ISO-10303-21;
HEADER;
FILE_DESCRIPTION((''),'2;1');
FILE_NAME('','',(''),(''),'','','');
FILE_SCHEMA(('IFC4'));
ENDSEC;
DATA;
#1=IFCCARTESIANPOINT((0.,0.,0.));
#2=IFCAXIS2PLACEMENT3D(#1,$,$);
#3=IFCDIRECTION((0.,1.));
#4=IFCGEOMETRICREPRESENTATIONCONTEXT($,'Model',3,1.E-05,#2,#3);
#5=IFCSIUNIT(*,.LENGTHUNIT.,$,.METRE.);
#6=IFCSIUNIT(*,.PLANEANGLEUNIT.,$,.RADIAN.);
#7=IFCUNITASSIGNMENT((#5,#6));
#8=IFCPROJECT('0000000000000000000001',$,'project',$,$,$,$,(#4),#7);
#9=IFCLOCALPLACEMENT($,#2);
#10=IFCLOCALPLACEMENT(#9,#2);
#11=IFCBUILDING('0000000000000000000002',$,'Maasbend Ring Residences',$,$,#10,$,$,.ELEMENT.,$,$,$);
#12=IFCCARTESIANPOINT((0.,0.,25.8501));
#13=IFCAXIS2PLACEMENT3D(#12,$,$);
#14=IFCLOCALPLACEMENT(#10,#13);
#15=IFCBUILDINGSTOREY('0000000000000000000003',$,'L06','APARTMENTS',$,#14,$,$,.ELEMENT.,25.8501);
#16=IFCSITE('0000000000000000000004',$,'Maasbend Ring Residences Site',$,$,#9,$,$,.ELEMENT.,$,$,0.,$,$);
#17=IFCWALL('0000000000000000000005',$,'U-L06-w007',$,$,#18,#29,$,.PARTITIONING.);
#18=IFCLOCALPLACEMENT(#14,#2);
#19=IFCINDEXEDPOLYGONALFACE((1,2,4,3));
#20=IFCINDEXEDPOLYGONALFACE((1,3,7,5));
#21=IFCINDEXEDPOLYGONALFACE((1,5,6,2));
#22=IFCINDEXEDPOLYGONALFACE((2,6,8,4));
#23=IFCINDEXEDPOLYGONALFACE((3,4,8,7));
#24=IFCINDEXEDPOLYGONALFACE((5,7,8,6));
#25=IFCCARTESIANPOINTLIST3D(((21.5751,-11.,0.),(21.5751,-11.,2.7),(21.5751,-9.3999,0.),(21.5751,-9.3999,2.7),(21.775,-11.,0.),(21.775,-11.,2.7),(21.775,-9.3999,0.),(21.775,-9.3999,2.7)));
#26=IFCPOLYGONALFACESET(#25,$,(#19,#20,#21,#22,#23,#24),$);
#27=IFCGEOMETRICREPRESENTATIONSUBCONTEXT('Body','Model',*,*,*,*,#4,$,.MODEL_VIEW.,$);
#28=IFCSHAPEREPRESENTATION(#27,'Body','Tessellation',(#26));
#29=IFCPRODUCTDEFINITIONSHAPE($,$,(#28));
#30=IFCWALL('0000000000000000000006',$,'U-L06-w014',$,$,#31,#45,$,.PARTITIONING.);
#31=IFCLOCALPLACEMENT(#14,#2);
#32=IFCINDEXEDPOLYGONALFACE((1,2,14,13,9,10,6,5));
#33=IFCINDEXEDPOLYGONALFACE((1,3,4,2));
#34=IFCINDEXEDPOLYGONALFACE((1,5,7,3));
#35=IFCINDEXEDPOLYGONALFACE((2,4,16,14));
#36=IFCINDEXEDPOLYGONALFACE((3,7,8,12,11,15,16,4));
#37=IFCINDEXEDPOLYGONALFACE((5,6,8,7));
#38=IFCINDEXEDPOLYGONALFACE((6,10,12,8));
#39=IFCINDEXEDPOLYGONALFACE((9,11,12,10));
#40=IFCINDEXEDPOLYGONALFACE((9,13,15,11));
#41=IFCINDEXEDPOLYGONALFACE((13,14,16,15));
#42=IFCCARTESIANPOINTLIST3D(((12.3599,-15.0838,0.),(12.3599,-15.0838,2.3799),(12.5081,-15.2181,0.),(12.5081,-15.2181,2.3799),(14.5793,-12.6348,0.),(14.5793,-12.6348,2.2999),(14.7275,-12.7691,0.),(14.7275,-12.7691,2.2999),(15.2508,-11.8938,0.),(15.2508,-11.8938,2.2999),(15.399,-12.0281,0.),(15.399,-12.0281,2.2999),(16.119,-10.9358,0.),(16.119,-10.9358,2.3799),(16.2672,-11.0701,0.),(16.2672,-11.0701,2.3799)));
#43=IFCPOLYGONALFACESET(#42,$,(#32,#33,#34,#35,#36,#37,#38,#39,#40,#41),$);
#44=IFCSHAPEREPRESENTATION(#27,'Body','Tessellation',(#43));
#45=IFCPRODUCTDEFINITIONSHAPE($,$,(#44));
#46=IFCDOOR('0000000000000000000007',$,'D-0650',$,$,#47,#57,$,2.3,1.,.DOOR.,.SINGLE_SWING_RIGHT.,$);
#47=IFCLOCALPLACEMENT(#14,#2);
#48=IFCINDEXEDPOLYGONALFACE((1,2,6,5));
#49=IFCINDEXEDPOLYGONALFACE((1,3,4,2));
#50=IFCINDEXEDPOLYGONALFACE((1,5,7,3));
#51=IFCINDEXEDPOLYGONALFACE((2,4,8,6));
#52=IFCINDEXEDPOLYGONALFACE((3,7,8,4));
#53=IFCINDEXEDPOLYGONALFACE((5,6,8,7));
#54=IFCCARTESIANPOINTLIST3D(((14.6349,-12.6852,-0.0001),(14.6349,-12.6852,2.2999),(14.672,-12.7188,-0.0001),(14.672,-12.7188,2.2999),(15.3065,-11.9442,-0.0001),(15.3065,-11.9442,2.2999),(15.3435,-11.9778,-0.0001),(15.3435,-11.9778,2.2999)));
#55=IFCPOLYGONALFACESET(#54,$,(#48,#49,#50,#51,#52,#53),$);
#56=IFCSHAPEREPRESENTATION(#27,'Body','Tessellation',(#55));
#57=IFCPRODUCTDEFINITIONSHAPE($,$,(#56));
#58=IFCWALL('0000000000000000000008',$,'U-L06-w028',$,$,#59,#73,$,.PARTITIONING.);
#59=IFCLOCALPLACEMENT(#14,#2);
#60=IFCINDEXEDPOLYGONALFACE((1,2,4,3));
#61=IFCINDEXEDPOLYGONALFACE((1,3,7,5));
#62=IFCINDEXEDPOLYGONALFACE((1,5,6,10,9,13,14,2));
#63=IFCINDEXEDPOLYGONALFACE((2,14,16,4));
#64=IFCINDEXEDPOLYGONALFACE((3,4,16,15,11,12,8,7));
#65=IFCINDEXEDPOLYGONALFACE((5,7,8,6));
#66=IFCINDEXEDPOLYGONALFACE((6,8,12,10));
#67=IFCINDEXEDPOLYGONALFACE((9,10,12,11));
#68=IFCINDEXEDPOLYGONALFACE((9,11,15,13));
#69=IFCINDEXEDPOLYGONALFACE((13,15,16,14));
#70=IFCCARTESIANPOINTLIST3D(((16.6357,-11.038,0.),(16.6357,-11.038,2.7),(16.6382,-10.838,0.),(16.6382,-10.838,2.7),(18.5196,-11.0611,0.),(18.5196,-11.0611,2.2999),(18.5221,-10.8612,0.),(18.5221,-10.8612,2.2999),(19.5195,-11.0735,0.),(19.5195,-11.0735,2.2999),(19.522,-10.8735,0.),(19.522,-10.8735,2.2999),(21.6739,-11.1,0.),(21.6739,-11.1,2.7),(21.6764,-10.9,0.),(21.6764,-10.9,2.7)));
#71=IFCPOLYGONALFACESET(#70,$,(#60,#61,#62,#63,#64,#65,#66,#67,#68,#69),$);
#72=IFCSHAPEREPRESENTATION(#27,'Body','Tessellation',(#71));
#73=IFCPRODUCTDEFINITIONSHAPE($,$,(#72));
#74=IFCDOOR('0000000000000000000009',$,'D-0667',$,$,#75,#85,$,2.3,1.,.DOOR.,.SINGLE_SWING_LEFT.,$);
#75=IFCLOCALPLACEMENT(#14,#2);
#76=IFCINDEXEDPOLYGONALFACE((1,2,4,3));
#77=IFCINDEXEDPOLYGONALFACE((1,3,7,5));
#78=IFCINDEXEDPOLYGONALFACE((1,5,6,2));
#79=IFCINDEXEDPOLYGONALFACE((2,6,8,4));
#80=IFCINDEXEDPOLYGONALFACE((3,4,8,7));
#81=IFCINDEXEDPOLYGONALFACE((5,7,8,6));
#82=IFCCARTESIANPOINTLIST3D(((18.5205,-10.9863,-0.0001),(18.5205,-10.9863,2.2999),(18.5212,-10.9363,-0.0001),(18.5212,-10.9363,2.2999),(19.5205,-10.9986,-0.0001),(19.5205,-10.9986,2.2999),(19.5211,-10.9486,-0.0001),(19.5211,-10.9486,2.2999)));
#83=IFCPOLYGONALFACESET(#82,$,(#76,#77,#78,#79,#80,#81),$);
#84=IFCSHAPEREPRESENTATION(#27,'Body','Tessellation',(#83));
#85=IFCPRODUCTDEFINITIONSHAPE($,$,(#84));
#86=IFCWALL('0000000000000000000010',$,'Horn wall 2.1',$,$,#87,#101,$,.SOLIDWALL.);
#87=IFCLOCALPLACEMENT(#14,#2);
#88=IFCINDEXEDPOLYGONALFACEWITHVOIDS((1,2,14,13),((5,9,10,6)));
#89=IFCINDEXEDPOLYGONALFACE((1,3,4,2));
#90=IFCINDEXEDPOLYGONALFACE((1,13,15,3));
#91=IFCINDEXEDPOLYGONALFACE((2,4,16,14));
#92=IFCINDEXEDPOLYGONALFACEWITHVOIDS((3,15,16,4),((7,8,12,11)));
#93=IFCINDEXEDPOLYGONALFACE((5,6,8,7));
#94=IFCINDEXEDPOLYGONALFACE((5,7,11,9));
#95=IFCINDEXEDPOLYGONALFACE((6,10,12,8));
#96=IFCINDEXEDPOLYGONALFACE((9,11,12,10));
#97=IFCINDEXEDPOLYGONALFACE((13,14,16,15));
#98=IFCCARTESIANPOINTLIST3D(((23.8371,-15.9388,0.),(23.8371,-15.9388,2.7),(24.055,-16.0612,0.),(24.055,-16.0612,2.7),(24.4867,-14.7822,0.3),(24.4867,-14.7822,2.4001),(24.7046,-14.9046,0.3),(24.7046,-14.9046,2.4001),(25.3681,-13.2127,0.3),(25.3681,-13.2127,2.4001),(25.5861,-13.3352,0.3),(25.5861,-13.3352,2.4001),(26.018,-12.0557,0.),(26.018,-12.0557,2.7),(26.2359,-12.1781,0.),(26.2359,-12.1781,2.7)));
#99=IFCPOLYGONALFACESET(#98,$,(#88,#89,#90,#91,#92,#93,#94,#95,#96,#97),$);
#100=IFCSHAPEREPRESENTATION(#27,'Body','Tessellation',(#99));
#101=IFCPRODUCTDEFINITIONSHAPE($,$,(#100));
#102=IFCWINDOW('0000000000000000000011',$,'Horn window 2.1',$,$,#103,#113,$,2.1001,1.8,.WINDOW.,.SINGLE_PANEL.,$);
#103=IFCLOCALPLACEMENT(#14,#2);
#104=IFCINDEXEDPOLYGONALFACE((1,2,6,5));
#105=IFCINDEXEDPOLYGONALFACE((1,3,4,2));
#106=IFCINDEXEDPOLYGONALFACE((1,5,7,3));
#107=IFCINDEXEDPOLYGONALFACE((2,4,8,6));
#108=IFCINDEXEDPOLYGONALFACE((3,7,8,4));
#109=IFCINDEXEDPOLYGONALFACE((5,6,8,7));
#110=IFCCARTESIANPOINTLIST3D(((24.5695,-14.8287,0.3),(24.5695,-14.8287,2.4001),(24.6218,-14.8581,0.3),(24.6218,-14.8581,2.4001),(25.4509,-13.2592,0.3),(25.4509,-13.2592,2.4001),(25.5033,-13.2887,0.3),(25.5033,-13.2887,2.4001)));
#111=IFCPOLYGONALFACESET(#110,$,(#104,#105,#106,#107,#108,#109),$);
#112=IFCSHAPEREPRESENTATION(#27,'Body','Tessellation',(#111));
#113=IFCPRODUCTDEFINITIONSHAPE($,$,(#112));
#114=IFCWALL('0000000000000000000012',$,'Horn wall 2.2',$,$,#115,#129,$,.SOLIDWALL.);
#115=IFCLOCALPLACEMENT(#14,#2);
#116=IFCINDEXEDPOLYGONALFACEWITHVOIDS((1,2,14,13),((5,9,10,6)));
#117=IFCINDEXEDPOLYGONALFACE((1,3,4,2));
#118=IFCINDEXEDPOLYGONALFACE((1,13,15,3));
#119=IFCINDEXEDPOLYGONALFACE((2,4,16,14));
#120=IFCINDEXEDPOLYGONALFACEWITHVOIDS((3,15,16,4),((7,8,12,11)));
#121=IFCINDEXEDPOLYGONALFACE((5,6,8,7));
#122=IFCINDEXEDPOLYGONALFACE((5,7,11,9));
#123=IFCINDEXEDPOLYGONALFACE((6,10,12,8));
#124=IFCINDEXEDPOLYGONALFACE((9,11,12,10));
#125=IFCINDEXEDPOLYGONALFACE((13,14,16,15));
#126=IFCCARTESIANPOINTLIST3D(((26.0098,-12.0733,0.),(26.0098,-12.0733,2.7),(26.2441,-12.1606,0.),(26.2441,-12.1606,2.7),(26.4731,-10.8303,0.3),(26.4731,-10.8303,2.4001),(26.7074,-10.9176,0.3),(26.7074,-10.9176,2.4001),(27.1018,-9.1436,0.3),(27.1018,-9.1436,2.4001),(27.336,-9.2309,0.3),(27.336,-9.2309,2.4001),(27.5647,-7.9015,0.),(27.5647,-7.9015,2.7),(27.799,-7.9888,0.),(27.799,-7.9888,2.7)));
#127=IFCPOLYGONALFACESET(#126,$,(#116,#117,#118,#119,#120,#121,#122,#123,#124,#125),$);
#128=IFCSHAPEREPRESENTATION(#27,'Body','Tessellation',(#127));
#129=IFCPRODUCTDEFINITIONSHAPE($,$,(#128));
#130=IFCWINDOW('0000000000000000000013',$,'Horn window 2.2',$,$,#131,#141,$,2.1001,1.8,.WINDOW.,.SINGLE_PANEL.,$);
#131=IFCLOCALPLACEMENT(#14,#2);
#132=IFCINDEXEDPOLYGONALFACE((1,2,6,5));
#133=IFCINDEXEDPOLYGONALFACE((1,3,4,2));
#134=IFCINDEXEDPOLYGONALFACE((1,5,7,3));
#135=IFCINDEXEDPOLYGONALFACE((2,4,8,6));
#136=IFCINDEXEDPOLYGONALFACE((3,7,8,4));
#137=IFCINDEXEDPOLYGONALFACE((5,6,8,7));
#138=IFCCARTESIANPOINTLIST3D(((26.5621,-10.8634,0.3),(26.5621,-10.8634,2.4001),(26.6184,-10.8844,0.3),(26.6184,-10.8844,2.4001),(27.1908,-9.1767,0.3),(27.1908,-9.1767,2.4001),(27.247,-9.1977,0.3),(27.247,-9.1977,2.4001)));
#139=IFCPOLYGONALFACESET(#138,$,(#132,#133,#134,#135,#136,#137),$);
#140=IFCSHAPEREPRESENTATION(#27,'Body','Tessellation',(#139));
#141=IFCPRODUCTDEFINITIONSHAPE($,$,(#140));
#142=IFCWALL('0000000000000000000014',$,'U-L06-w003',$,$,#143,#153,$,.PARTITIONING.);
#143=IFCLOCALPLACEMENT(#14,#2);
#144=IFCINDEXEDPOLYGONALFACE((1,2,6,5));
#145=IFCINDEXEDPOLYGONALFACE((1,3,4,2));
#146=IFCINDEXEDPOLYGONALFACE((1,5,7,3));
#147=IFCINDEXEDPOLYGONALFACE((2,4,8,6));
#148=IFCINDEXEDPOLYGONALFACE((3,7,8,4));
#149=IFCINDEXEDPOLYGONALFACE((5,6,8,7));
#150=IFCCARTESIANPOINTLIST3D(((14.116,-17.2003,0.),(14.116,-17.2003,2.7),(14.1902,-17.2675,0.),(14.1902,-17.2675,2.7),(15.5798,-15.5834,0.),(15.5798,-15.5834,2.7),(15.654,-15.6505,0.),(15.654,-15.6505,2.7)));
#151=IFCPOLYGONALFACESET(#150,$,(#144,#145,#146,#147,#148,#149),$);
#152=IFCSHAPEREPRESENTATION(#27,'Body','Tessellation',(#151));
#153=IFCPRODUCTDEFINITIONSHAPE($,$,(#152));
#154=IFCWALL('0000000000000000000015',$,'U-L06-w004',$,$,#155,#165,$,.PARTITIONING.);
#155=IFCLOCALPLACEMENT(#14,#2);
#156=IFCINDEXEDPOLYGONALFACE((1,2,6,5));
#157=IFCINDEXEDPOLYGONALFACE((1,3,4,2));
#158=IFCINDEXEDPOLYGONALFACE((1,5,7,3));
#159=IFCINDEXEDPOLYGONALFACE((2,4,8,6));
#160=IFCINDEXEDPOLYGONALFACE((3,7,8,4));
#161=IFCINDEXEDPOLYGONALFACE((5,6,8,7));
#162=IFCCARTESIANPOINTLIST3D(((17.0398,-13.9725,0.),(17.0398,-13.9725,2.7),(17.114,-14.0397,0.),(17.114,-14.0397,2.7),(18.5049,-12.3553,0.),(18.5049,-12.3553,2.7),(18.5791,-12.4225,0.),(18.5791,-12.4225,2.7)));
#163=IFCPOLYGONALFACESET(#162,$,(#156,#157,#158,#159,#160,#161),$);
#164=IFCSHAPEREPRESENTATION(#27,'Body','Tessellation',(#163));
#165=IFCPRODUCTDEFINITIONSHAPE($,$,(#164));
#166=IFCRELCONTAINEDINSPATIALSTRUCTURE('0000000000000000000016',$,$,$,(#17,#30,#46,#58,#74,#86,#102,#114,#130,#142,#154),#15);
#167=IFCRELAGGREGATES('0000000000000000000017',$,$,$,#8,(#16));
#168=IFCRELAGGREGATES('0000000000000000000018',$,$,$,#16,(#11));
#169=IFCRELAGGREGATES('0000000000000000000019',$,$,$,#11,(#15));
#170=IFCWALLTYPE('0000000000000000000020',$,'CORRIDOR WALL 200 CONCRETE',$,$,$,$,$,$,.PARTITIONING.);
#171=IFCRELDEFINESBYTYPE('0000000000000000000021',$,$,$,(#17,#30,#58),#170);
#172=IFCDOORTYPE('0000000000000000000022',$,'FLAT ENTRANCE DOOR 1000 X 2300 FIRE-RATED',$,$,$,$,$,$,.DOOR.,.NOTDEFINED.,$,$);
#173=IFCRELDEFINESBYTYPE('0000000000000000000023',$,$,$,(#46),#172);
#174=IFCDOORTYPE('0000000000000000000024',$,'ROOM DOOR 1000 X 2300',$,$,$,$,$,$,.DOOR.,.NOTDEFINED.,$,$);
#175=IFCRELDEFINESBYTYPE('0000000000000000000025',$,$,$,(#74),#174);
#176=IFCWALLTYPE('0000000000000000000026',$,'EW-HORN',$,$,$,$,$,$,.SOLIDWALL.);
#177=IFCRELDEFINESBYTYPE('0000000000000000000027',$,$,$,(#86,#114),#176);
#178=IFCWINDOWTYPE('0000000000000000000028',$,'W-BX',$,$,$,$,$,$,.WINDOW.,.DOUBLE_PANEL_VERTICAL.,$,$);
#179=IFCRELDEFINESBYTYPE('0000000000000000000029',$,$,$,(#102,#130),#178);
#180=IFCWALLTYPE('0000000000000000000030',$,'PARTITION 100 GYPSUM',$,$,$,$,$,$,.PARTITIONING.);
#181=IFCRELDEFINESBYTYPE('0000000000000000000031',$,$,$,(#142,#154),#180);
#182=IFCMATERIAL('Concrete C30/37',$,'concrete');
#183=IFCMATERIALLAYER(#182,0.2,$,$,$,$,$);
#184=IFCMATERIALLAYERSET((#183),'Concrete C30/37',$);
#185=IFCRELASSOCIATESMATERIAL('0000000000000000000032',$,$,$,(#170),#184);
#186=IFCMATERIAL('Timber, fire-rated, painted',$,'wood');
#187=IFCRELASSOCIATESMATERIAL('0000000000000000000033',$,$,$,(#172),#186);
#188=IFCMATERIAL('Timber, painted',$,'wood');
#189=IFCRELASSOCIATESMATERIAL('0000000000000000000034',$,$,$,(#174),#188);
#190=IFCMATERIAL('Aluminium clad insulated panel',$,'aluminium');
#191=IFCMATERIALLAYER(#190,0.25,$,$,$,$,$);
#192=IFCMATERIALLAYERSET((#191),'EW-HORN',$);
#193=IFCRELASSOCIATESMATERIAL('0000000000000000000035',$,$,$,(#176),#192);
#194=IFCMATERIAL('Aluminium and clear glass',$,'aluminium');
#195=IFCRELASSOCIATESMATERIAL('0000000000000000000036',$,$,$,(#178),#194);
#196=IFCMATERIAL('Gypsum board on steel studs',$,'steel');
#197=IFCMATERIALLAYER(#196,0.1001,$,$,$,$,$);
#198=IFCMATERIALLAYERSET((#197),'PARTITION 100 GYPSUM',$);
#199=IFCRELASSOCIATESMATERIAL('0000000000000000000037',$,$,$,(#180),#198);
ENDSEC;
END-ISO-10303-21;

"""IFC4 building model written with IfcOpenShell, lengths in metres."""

from ifc_helpers import new_model, si_unit, direction, frame, frame_2d, origin, place, context, subcontext, project, spatial, rectangle, extrude, material, layer, layer_set, type_object, element, fill, save


model = new_model("IFC4")

# Units and contexts
model_context = context("Model", 3, precision=1e-05, world=origin(), true_north=direction((0.0, 1.0)))
body_context = subcontext(model_context, "Body", "Model", "MODEL_VIEW")
ifc_project = project(units=[si_unit("LENGTHUNIT", "METRE"), si_unit("PLANEANGLEUNIT", "RADIAN")], contexts=[model_context])

# Site, building, storey
site_placement = place(None, origin())
site = spatial("IfcSite", under=ifc_project, at=site_placement, Name="Maasbend Ring Residences Site", CompositionType="ELEMENT", RefElevation=0.0)
building_placement = place(site_placement, origin())
building = spatial("IfcBuilding", under=site, at=building_placement, Name="Maasbend Ring Residences", CompositionType="ELEMENT")
storey_placement = place(building_placement, frame((0.0, 0.0, 25.8501)))
storey = spatial("IfcBuildingStorey", under=building, at=storey_placement, Name="L06", Description="APARTMENTS", CompositionType="ELEMENT", Elevation=25.8501)

# Wall
ifc_material_1 = material(Name="Concrete C30/37", Category="concrete")
ifc_layer_1 = layer(ifc_material_1, 0.2)
ifc_layer_set_1 = layer_set([ifc_layer_1], Name="Concrete C30/37")
wall_type_1 = type_object("IfcWallType", Name="CORRIDOR WALL 200 CONCRETE", PredefinedType="PARTITIONING", material=ifc_layer_set_1)
wall_1_placement = place(storey_placement, frame((21.675, -11.0, 0.0), z_axis=(0.0, 0.0, 1.0), x_axis=(0.0, 1.0, 0.0)))
element("IfcWall", 1, at=wall_1_placement, inside=storey, type_object=wall_type_1, Name="U-L06-w007", PredefinedType="PARTITIONING", context=body_context, shape_type="SweptSolid", body=[
    extrude(rectangle(XDim=1.6001, YDim=0.2, at=frame_2d((0.8, 0.0))), origin(), (0.0, 0.0, 1.0), 2.7),
])

# Walls, openings, doors
wall_2_placement = place(storey_placement, frame((12.4341, -15.1509, 0.0), z_axis=(0.0, 0.0, 1.0), x_axis=(0.671515, 0.740991, 0.0)))
wall_2 = element("IfcWall", 2, at=wall_2_placement, inside=storey, type_object=wall_type_1, Name="U-L06-w014", PredefinedType="PARTITIONING", context=body_context, shape_type="SweptSolid", body=[
    extrude(rectangle(XDim=5.5979, YDim=0.2, at=frame_2d((2.7988, 0.0))), origin(), (0.0, 0.0, 1.0), 2.3799),
])
opening_1_placement = place(wall_2_placement, frame((3.3049, 0.0, 0.0)))
opening_1 = element("IfcOpeningElement", 3, at=opening_1_placement, cuts=wall_2, PredefinedType="OPENING", context=body_context, shape_type="SweptSolid", body=[
    extrude(rectangle(XDim=1.0, YDim=2.3, at=frame_2d((0.5, 1.1499))), frame((0.0, 0.1099, 0.0), z_axis=(0.0, -1.0, 0.0), x_axis=(1.0, 0.0, 0.0)), (0.0, 0.0, 1.0), 0.22),
])
ifc_material_2 = material(Name="Timber, fire-rated, painted", Category="wood")
door_type_1 = type_object("IfcDoorType", Name="FLAT ENTRANCE DOOR 1000 X 2300 FIRE-RATED", OperationType="NOTDEFINED", PredefinedType="DOOR", material=ifc_material_2)
door_1_placement = place(opening_1_placement, origin())
door_1 = element("IfcDoor", 4, at=door_1_placement, inside=storey, type_object=door_type_1, Name="D-0650", OperationType="SINGLE_SWING_RIGHT", OverallHeight=2.3, OverallWidth=1.0, PredefinedType="DOOR", context=body_context, shape_type="SweptSolid", body=[
    extrude(rectangle(XDim=1.0, YDim=2.3, at=frame_2d((0.5, 1.1499))), frame((0.0, 0.0249, 0.0), z_axis=(0.0, -1.0, 0.0), x_axis=(1.0, 0.0, 0.0)), (0.0, 0.0, 1.0), 0.05),
])
fill(opening_1, door_1)
wall_3_placement = place(storey_placement, frame((16.637, -10.938, 0.0), z_axis=(0.0, 0.0, 1.0), x_axis=(0.999924, -0.012308, 0.0)))
wall_3 = element("IfcWall", 5, at=wall_3_placement, inside=storey, type_object=wall_type_1, Name="U-L06-w028", PredefinedType="PARTITIONING", context=body_context, shape_type="SweptSolid", body=[
    extrude(rectangle(XDim=5.0386, YDim=0.2, at=frame_2d((2.5193, 0.0))), origin(), (0.0, 0.0, 1.0), 2.7),
])
opening_2_placement = place(wall_3_placement, frame((1.884, 0.0, 0.0)))
opening_2 = element("IfcOpeningElement", 6, at=opening_2_placement, cuts=wall_3, PredefinedType="OPENING", context=body_context, shape_type="SweptSolid", body=[
    extrude(rectangle(XDim=1.0, YDim=2.3, at=frame_2d((0.5, 1.1499))), frame((0.0, 0.1099, 0.0), z_axis=(0.0, -1.0, 0.0), x_axis=(1.0, 0.0, 0.0)), (0.0, 0.0, 1.0), 0.22),
])
ifc_material_3 = material(Name="Timber, painted", Category="wood")
door_type_2 = type_object("IfcDoorType", Name="ROOM DOOR 1000 X 2300", OperationType="NOTDEFINED", PredefinedType="DOOR", material=ifc_material_3)
door_2_placement = place(opening_2_placement, origin())
door_2 = element("IfcDoor", 7, at=door_2_placement, inside=storey, type_object=door_type_2, Name="D-0667", OperationType="SINGLE_SWING_LEFT", OverallHeight=2.3, OverallWidth=1.0, PredefinedType="DOOR", context=body_context, shape_type="SweptSolid", body=[
    extrude(rectangle(XDim=1.0, YDim=2.3, at=frame_2d((0.5, 1.1499))), frame((0.0, 0.0249, 0.0), z_axis=(0.0, -1.0, 0.0), x_axis=(1.0, 0.0, 0.0)), (0.0, 0.0, 1.0), 0.05),
])
fill(opening_2, door_2)

# Walls, openings, windows
ifc_material_4 = material(Name="Aluminium clad insulated panel", Category="aluminium")
ifc_layer_2 = layer(ifc_material_4, 0.25)
ifc_layer_set_2 = layer_set([ifc_layer_2], Name="EW-HORN")
wall_type_2 = type_object("IfcWallType", Name="EW-HORN", PredefinedType="SOLIDWALL", material=ifc_layer_set_2)
wall_4_placement = place(storey_placement, frame((23.946, -16.0, 0.0), z_axis=(0.0, 0.0, 1.0), x_axis=(0.489696, 0.871893, 0.0)))
wall_4 = element("IfcWall", 8, at=wall_4_placement, inside=storey, type_object=wall_type_2, Name="Horn wall 2.1", PredefinedType="SOLIDWALL", context=body_context, shape_type="SweptSolid", body=[
    extrude(rectangle(XDim=4.4536, YDim=0.25, at=frame_2d((2.2268, 0.0))), origin(), (0.0, 0.0, 1.0), 2.7),
])
opening_3_placement = place(wall_4_placement, frame((1.3267, 0.0, 0.3)))
opening_3 = element("IfcOpeningElement", 9, at=opening_3_placement, cuts=wall_4, PredefinedType="OPENING", context=body_context, shape_type="SweptSolid", body=[
    extrude(rectangle(XDim=1.8, YDim=2.1001, at=frame_2d((0.8999, 1.05))), frame((0.0, 0.135, 0.0), z_axis=(0.0, -1.0, 0.0), x_axis=(1.0, 0.0, 0.0)), (0.0, 0.0, 1.0), 0.27),
])
ifc_material_5 = material(Name="Aluminium and clear glass", Category="aluminium")
window_type = type_object("IfcWindowType", Name="W-BX", PartitioningType="DOUBLE_PANEL_VERTICAL", PredefinedType="WINDOW", material=ifc_material_5)
window_1_placement = place(opening_3_placement, origin())
window_1 = element("IfcWindow", 10, at=window_1_placement, inside=storey, type_object=window_type, Name="Horn window 2.1", OverallHeight=2.1001, OverallWidth=1.8, PartitioningType="SINGLE_PANEL", PredefinedType="WINDOW", context=body_context, shape_type="SweptSolid", body=[
    extrude(rectangle(XDim=1.8, YDim=2.1001, at=frame_2d((0.8999, 1.05))), frame((0.0, 0.03, 0.0), z_axis=(0.0, -1.0, 0.0), x_axis=(1.0, 0.0, 0.0)), (0.0, 0.0, 1.0), 0.0601),
])
fill(opening_3, window_1)
wall_5_placement = place(storey_placement, frame((26.127, -12.1169, 0.0), z_axis=(0.0, 0.0, 1.0), x_axis=(0.349248, 0.93703, 0.0)))
wall_5 = element("IfcWall", 11, at=wall_5_placement, inside=storey, type_object=wall_type_2, Name="Horn wall 2.2", PredefinedType="SOLIDWALL", context=body_context, shape_type="SweptSolid", body=[
    extrude(rectangle(XDim=4.4521, YDim=0.25, at=frame_2d((2.2261, 0.0))), origin(), (0.0, 0.0, 1.0), 2.7),
])
opening_4_placement = place(wall_5_placement, frame((1.3267, 0.0, 0.3)))
opening_4 = element("IfcOpeningElement", 12, at=opening_4_placement, cuts=wall_5, PredefinedType="OPENING", context=body_context, shape_type="SweptSolid", body=[
    extrude(rectangle(XDim=1.8, YDim=2.1001, at=frame_2d((0.8999, 1.05))), frame((0.0, 0.135, 0.0), z_axis=(0.0, -1.0, 0.0), x_axis=(1.0, 0.0, 0.0)), (0.0, 0.0, 1.0), 0.27),
])
window_2_placement = place(opening_4_placement, origin())
window_2 = element("IfcWindow", 13, at=window_2_placement, inside=storey, type_object=window_type, Name="Horn window 2.2", OverallHeight=2.1001, OverallWidth=1.8, PartitioningType="SINGLE_PANEL", PredefinedType="WINDOW", context=body_context, shape_type="SweptSolid", body=[
    extrude(rectangle(XDim=1.8, YDim=2.1001, at=frame_2d((0.8999, 1.05))), frame((0.0, 0.03, 0.0), z_axis=(0.0, -1.0, 0.0), x_axis=(1.0, 0.0, 0.0)), (0.0, 0.0, 1.0), 0.0601),
])
fill(opening_4, window_2)

# Walls
ifc_material_6 = material(Name="Gypsum board on steel studs", Category="steel")
ifc_layer_3 = layer(ifc_material_6, 0.1001)
ifc_layer_set_3 = layer_set([ifc_layer_3], Name="PARTITION 100 GYPSUM")
wall_type_3 = type_object("IfcWallType", Name="PARTITION 100 GYPSUM", PredefinedType="PARTITIONING", material=ifc_layer_set_3)
wall_6_placement = place(storey_placement, frame((14.1531, -17.2339, 0.0), z_axis=(0.0, 0.0, 1.0), x_axis=(0.671145, 0.741326, 0.0)))
element("IfcWall", 14, at=wall_6_placement, inside=storey, type_object=wall_type_3, Name="U-L06-w003", PredefinedType="PARTITIONING", context=body_context, shape_type="SweptSolid", body=[
    extrude(rectangle(XDim=2.1812, YDim=0.1001, at=frame_2d((1.0906, 0.0))), origin(), (0.0, 0.0, 1.0), 2.7),
])
wall_7_placement = place(storey_placement, frame((17.0769, -14.0061, 0.0), z_axis=(0.0, 0.0, 1.0), x_axis=(0.671397, 0.741098, 0.0)))
element("IfcWall", 15, at=wall_7_placement, inside=storey, type_object=wall_type_3, Name="U-L06-w004", PredefinedType="PARTITIONING", context=body_context, shape_type="SweptSolid", body=[
    extrude(rectangle(XDim=2.1821, YDim=0.1001, at=frame_2d((1.0911, 0.0))), origin(), (0.0, 0.0, 1.0), 2.7),
])

save(model, "model.ifc")
